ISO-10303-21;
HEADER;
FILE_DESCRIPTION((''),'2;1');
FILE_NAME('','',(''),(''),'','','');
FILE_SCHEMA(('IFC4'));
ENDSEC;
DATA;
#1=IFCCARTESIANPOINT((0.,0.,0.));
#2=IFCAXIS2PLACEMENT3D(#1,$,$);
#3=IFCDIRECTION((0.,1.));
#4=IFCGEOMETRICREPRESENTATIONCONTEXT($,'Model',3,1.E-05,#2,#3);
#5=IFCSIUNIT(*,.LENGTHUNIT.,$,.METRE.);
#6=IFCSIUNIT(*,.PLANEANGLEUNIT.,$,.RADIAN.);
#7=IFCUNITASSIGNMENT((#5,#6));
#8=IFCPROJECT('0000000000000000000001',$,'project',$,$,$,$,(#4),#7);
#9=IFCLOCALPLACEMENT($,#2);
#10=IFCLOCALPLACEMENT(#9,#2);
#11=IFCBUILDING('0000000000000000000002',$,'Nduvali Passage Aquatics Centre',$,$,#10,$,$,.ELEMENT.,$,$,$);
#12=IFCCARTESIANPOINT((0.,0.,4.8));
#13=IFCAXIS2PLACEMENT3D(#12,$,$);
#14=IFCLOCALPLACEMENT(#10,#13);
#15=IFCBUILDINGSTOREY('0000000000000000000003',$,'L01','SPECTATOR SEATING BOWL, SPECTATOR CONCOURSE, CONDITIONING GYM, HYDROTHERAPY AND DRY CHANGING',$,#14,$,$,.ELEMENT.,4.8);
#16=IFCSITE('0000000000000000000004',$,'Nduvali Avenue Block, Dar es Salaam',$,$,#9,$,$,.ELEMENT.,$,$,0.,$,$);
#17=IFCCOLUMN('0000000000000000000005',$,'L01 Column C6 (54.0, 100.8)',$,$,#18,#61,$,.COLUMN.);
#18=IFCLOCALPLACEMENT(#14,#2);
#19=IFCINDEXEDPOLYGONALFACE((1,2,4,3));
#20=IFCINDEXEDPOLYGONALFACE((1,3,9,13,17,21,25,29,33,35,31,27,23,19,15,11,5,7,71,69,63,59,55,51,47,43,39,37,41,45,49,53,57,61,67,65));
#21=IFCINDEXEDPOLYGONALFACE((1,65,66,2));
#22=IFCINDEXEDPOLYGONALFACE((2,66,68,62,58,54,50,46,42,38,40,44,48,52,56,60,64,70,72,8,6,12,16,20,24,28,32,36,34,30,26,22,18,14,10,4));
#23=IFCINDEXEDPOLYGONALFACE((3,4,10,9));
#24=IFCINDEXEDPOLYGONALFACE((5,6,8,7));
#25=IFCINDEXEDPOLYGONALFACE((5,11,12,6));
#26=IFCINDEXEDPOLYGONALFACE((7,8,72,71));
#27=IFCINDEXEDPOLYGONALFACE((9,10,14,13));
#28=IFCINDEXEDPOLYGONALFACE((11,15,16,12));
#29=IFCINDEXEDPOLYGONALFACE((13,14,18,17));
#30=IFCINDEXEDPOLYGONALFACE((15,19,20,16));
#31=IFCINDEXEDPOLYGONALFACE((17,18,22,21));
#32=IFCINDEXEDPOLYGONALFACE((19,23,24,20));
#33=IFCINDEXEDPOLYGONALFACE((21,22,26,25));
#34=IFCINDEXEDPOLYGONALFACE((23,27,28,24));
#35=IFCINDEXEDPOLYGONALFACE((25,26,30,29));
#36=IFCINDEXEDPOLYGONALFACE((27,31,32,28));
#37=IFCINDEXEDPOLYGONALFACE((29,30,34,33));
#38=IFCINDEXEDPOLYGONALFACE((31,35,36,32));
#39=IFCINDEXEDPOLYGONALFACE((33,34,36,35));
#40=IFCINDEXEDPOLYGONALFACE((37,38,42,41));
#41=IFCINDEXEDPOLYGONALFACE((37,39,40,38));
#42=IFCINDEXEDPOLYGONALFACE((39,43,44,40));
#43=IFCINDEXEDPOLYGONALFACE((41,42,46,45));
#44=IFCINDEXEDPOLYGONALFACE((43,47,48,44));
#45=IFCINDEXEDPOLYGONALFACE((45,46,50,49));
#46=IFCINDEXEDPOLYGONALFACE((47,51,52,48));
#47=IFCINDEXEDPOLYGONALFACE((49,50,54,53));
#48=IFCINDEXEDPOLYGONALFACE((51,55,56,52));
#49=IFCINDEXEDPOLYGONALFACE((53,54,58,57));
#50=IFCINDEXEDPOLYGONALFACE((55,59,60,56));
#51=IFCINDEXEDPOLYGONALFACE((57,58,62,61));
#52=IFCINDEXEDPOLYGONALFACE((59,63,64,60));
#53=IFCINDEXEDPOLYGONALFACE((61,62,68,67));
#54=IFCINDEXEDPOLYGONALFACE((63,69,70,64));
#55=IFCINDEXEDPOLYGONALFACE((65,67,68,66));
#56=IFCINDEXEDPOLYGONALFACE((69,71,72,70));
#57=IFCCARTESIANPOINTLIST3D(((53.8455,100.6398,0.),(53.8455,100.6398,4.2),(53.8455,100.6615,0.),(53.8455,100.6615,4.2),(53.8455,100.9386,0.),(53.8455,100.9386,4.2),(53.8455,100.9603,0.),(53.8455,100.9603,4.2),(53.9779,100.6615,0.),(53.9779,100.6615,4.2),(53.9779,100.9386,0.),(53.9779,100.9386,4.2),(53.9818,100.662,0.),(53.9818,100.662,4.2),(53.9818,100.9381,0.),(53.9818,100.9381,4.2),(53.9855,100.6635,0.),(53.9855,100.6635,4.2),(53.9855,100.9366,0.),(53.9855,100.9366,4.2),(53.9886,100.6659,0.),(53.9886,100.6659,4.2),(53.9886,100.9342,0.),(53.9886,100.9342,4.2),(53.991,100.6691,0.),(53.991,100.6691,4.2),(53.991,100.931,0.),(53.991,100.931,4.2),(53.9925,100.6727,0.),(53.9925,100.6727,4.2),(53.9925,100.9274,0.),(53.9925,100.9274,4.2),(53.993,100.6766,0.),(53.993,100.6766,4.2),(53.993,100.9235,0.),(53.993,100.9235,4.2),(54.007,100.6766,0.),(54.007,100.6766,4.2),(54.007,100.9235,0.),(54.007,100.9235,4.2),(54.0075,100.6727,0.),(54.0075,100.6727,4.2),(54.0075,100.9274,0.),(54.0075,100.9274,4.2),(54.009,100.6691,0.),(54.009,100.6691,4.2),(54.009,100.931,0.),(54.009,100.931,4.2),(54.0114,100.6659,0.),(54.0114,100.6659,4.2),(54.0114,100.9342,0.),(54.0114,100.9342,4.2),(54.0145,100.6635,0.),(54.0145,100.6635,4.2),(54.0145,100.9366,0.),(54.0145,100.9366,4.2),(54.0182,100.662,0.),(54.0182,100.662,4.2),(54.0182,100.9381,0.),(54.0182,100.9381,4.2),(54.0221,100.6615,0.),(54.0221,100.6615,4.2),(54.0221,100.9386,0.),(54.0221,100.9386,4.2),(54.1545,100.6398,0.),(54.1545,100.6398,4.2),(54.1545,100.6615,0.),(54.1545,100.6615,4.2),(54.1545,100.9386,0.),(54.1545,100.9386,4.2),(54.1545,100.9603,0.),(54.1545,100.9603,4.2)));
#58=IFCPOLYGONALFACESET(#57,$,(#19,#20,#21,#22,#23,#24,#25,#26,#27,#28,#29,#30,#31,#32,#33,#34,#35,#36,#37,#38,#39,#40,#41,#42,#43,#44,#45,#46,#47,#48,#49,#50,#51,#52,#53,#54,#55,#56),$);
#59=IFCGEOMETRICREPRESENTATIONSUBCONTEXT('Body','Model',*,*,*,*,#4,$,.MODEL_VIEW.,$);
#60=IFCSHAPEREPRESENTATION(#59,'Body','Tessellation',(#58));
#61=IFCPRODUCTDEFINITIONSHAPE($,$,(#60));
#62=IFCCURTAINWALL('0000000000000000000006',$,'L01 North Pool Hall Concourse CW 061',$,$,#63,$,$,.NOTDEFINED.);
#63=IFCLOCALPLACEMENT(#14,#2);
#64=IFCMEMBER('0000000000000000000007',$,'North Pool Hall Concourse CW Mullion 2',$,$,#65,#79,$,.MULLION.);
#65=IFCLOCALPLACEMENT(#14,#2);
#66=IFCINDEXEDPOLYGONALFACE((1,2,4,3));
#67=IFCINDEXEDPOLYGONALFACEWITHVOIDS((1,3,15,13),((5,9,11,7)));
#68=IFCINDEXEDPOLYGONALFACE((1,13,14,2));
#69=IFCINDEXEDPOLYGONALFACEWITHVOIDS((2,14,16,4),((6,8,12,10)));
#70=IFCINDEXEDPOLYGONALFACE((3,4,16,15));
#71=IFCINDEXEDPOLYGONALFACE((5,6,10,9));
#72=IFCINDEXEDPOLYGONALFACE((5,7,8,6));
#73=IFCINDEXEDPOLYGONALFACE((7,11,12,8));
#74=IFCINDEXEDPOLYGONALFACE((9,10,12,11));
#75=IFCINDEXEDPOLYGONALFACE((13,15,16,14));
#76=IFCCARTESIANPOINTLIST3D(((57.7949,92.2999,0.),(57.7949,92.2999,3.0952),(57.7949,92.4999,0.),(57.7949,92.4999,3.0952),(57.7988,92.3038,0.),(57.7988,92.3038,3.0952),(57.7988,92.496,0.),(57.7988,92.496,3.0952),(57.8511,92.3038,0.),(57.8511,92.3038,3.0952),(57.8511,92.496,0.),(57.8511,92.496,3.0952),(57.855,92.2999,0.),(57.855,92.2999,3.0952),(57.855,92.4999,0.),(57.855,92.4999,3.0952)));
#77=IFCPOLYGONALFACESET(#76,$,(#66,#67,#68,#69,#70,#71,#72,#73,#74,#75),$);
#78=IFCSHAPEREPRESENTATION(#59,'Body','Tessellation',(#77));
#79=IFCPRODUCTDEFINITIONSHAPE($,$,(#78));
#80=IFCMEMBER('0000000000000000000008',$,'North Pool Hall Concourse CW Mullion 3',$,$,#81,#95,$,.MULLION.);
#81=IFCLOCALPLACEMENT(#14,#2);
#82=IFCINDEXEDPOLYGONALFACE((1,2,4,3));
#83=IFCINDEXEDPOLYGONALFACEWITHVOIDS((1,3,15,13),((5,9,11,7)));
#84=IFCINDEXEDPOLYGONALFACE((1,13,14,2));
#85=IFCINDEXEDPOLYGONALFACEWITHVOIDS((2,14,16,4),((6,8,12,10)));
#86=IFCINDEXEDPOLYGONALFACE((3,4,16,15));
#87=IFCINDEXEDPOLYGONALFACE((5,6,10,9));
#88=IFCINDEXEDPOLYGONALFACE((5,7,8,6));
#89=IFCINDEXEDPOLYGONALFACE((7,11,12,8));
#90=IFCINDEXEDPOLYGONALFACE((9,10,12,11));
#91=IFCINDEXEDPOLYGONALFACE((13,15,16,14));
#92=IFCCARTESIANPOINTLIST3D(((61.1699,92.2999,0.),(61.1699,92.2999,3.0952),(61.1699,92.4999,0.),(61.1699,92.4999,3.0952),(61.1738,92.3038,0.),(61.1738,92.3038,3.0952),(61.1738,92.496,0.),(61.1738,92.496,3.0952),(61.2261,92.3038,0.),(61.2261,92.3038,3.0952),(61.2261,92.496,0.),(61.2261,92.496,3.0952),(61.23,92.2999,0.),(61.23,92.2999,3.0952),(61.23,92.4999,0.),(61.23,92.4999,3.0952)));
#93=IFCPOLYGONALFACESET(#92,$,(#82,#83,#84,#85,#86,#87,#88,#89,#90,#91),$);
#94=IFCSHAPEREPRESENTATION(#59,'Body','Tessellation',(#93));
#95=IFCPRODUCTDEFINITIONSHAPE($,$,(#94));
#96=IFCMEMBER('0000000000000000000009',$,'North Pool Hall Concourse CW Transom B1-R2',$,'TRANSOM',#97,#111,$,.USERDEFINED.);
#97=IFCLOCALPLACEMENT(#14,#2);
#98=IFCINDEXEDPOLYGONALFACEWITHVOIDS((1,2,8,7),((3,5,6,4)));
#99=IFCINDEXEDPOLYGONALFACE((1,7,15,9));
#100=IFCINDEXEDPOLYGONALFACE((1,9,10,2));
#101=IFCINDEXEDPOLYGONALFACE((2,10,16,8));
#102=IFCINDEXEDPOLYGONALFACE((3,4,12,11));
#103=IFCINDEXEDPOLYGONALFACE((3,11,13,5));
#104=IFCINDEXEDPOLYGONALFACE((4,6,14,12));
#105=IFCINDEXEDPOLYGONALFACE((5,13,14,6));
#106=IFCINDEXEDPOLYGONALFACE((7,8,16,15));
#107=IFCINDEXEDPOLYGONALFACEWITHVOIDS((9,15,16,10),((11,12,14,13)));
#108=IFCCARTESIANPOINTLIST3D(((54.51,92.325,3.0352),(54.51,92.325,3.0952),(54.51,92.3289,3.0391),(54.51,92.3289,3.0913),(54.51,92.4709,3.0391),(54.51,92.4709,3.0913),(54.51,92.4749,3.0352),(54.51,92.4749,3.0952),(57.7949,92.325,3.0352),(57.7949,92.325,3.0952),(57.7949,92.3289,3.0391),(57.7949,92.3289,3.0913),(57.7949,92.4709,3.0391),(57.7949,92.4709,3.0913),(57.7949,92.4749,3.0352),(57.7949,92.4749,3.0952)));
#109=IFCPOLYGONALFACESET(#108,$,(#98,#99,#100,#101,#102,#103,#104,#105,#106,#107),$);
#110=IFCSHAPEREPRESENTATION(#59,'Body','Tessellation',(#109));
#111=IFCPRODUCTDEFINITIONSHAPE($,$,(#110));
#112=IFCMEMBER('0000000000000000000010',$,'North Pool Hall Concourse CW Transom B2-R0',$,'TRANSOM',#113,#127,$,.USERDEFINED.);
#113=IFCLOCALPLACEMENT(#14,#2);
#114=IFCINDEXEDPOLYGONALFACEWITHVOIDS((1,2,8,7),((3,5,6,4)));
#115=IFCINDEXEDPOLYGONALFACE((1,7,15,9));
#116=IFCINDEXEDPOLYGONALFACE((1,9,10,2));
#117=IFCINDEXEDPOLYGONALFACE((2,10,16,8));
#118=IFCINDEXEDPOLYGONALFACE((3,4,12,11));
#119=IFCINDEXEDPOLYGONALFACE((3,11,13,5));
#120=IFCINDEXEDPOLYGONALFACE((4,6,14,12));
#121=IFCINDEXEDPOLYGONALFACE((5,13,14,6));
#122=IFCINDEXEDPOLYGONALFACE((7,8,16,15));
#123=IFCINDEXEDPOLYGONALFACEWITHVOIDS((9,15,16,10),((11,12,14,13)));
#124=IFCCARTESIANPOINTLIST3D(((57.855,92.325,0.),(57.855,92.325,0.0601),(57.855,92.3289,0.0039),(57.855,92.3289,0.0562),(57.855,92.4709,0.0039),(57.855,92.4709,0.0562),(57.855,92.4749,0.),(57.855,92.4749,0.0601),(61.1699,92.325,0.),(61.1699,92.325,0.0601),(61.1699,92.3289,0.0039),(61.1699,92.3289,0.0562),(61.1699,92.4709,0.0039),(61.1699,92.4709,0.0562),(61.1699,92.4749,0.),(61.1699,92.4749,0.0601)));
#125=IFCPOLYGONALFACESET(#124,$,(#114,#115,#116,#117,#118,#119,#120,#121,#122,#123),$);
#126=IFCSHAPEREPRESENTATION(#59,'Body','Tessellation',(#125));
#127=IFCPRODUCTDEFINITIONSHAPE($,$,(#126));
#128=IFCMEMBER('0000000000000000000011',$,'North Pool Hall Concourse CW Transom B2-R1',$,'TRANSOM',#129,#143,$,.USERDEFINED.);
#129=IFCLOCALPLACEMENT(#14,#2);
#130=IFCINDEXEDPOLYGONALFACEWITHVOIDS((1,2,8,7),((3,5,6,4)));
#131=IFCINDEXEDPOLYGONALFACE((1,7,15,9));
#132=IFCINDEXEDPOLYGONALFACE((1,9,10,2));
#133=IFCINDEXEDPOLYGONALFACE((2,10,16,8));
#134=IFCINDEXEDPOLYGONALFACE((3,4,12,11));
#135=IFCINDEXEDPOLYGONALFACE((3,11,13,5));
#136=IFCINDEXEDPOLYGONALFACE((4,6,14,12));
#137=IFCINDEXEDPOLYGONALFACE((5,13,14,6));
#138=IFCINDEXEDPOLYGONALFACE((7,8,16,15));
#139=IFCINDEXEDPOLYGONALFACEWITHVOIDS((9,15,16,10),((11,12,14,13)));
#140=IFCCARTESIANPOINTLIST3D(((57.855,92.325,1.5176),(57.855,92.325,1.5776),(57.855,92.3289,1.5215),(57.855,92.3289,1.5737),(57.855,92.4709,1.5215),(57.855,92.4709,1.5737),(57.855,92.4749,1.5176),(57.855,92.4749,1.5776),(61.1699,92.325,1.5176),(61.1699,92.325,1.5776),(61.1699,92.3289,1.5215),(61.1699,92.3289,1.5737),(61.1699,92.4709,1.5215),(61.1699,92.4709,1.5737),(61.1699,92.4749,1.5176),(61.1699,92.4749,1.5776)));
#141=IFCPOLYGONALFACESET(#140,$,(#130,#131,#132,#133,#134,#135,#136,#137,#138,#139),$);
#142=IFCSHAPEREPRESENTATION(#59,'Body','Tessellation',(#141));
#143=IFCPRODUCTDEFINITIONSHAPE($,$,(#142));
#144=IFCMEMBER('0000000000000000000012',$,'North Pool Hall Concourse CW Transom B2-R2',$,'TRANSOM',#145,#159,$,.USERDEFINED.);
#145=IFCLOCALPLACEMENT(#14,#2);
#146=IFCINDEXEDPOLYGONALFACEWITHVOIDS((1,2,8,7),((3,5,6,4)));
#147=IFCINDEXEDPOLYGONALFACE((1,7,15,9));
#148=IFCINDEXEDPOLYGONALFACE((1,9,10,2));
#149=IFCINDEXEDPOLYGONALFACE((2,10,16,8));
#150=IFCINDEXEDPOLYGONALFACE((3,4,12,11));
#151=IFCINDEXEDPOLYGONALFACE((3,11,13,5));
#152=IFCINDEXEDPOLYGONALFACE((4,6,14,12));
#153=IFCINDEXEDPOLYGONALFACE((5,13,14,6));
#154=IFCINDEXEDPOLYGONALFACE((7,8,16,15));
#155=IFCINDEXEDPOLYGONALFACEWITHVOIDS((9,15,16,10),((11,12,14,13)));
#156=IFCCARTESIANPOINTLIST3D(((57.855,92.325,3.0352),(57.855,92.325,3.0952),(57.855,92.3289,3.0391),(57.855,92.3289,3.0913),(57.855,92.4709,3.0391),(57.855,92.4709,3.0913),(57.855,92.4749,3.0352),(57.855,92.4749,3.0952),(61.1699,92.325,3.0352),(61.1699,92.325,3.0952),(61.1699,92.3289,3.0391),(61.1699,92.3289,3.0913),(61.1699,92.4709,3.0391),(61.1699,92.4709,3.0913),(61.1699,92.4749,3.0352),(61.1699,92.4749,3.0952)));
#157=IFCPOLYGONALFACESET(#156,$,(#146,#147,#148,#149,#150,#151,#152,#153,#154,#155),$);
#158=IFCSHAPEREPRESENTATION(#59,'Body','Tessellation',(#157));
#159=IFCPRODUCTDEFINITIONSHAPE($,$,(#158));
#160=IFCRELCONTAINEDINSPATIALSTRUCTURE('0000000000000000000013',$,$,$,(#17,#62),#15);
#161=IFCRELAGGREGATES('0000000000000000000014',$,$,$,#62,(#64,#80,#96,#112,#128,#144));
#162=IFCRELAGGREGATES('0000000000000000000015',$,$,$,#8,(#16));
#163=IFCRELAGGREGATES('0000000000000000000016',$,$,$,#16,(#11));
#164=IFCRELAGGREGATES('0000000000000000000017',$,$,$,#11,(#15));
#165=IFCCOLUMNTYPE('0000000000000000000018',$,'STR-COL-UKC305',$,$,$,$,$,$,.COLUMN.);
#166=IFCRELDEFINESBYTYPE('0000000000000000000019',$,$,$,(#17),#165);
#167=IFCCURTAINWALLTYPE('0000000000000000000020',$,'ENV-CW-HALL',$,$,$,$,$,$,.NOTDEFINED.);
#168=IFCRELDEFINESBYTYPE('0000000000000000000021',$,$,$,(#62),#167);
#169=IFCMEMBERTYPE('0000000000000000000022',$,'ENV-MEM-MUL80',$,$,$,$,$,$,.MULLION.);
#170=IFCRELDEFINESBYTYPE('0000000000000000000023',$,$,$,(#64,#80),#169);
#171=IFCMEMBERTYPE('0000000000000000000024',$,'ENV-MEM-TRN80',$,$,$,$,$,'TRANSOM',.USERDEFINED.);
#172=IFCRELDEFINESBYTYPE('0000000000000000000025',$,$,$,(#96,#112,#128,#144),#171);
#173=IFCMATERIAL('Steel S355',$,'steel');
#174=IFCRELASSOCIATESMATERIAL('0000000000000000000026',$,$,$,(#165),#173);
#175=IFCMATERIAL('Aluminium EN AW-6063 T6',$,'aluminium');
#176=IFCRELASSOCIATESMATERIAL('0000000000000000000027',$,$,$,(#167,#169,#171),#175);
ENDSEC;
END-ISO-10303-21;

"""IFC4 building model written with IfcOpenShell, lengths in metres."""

from ifc_helpers import new_model, si_unit, direction, frame, origin, origin_2d, place, context, subcontext, project, spatial, hollow_rectangle, i_section, extrude, material, material_profile, profile_set, type_object, element, aggregate, save


model = new_model("IFC4")

# Units and contexts
model_context = context("Model", 3, precision=1e-05, world=origin(), true_north=direction((0.0, 1.0)))
body_context = subcontext(model_context, "Body", "Model", "MODEL_VIEW")
ifc_project = project(units=[si_unit("LENGTHUNIT", "METRE"), si_unit("PLANEANGLEUNIT", "RADIAN")], contexts=[model_context])

# Site, building, storey
site_placement = place(None, origin())
site = spatial("IfcSite", under=ifc_project, at=site_placement, Name="Nduvali Avenue Block, Dar es Salaam", CompositionType="ELEMENT", RefElevation=0.0)
building_placement = place(site_placement, origin())
building = spatial("IfcBuilding", under=site, at=building_placement, Name="Nduvali Passage Aquatics Centre", CompositionType="ELEMENT")
storey_placement = place(building_placement, frame((0.0, 0.0, 4.8)))
storey = spatial("IfcBuildingStorey", under=building, at=storey_placement, Name="L01", Description="SPECTATOR SEATING BOWL, SPECTATOR CONCOURSE, CONDITIONING GYM, HYDROTHERAPY AND DRY CHANGING", CompositionType="ELEMENT", Elevation=4.8)

# Column
ifc_material_1 = material(Name="Steel S355", Category="steel")
ifc_material_profile_1 = material_profile(ifc_material_1, i_section(OverallWidth=0.3091, OverallDepth=0.3206, WebThickness=0.0139, FlangeThickness=0.0217, FilletRadius=0.0151, at=origin_2d()), Name="UKC 305x305x137")
ifc_profile_set_1 = profile_set([ifc_material_profile_1], Name="Steel S355")
column_type = type_object("IfcColumnType", Name="STR-COL-UKC305", PredefinedType="COLUMN", material=ifc_profile_set_1)
column_placement = place(storey_placement, frame((54.0, 100.8, 0.0), z_axis=(0.0, 0.0, 1.0), x_axis=(1.0, 0.0, 0.0)))
element("IfcColumn", 1, at=column_placement, inside=storey, type_object=column_type, Name="L01 Column C6 (54.0, 100.8)", PredefinedType="COLUMN", context=body_context, shape_type="SweptSolid", body=[
    extrude(i_section(OverallWidth=0.3091, OverallDepth=0.3206, WebThickness=0.0139, FlangeThickness=0.0217, FilletRadius=0.0151, at=origin_2d()), origin(), (0.0, 0.0, 1.0), 4.2),
])

# Curtain wall, members
ifc_material_2 = material(Name="Aluminium EN AW-6063 T6", Category="aluminium")
curtain_wall_type = type_object("IfcCurtainWallType", Name="ENV-CW-HALL", PredefinedType="NOTDEFINED", material=ifc_material_2)
curtain_wall_placement = place(storey_placement, origin())
curtain_wall = element("IfcCurtainWall", 2, at=curtain_wall_placement, inside=storey, type_object=curtain_wall_type, Name="L01 North Pool Hall Concourse CW 061", PredefinedType="NOTDEFINED")
ifc_material_profile_2 = material_profile(ifc_material_2, hollow_rectangle(XDim=0.0601, YDim=0.2, WallThickness=0.0039, at=origin_2d()), Name="ALU MULLION 60x200x4")
ifc_profile_set_2 = profile_set([ifc_material_profile_2], Name="Aluminium EN AW-6063 T6")
member_type_1 = type_object("IfcMemberType", Name="ENV-MEM-MUL80", PredefinedType="MULLION", material=ifc_profile_set_2)
member_1_placement = place(storey_placement, frame((57.825, 92.3999, 0.0), z_axis=(0.0, 0.0, 1.0), x_axis=(1.0, 0.0, 0.0)))
member_1 = element("IfcMember", 3, at=member_1_placement, type_object=member_type_1, Name="North Pool Hall Concourse CW Mullion 2", PredefinedType="MULLION", context=body_context, shape_type="SweptSolid", body=[
    extrude(hollow_rectangle(XDim=0.0601, YDim=0.2, WallThickness=0.0039, at=origin_2d()), origin(), (0.0, 0.0, 1.0), 3.0952),
])
member_2_placement = place(storey_placement, frame((61.2, 92.3999, 0.0), z_axis=(0.0, 0.0, 1.0), x_axis=(1.0, 0.0, 0.0)))
member_2 = element("IfcMember", 4, at=member_2_placement, type_object=member_type_1, Name="North Pool Hall Concourse CW Mullion 3", PredefinedType="MULLION", context=body_context, shape_type="SweptSolid", body=[
    extrude(hollow_rectangle(XDim=0.0601, YDim=0.2, WallThickness=0.0039, at=origin_2d()), origin(), (0.0, 0.0, 1.0), 3.0952),
])
ifc_material_profile_3 = material_profile(ifc_material_2, hollow_rectangle(XDim=0.1499, YDim=0.0601, WallThickness=0.0039, at=origin_2d()), Name="ALU TRANSOM 150x60x4")
ifc_profile_set_3 = profile_set([ifc_material_profile_3], Name="Aluminium EN AW-6063 T6")
member_type_2 = type_object("IfcMemberType", Name="ENV-MEM-TRN80", ElementType="TRANSOM", PredefinedType="USERDEFINED", material=ifc_profile_set_3)
member_3_placement = place(storey_placement, frame((54.51, 92.3999, 3.0652), z_axis=(1.0, 0.0, 0.0), x_axis=(0.0, 1.0, 0.0)))
member_3 = element("IfcMember", 5, at=member_3_placement, type_object=member_type_2, Name="North Pool Hall Concourse CW Transom B1-R2", ObjectType="TRANSOM", PredefinedType="USERDEFINED", context=body_context, shape_type="SweptSolid", body=[
    extrude(hollow_rectangle(XDim=0.1499, YDim=0.0601, WallThickness=0.0039, at=origin_2d()), origin(), (0.0, 0.0, 1.0), 3.2849),
])
member_4_placement = place(storey_placement, frame((57.855, 92.3999, 0.03), z_axis=(1.0, 0.0, 0.0), x_axis=(0.0, 1.0, 0.0)))
member_4 = element("IfcMember", 6, at=member_4_placement, type_object=member_type_2, Name="North Pool Hall Concourse CW Transom B2-R0", ObjectType="TRANSOM", PredefinedType="USERDEFINED", context=body_context, shape_type="SweptSolid", body=[
    extrude(hollow_rectangle(XDim=0.1499, YDim=0.0601, WallThickness=0.0039, at=origin_2d()), origin(), (0.0, 0.0, 1.0), 3.3149),
])
member_5_placement = place(storey_placement, frame((57.855, 92.3999, 1.5476), z_axis=(1.0, 0.0, 0.0), x_axis=(0.0, 1.0, 0.0)))
member_5 = element("IfcMember", 7, at=member_5_placement, type_object=member_type_2, Name="North Pool Hall Concourse CW Transom B2-R1", ObjectType="TRANSOM", PredefinedType="USERDEFINED", context=body_context, shape_type="SweptSolid", body=[
    extrude(hollow_rectangle(XDim=0.1499, YDim=0.0601, WallThickness=0.0039, at=origin_2d()), origin(), (0.0, 0.0, 1.0), 3.3149),
])
member_6_placement = place(storey_placement, frame((57.855, 92.3999, 3.0652), z_axis=(1.0, 0.0, 0.0), x_axis=(0.0, 1.0, 0.0)))
member_6 = element("IfcMember", 8, at=member_6_placement, type_object=member_type_2, Name="North Pool Hall Concourse CW Transom B2-R2", ObjectType="TRANSOM", PredefinedType="USERDEFINED", context=body_context, shape_type="SweptSolid", body=[
    extrude(hollow_rectangle(XDim=0.1499, YDim=0.0601, WallThickness=0.0039, at=origin_2d()), origin(), (0.0, 0.0, 1.0), 3.3149),
])

aggregate(curtain_wall, [member_1, member_2, member_3, member_4, member_5, member_6])

save(model, "model.ifc")
